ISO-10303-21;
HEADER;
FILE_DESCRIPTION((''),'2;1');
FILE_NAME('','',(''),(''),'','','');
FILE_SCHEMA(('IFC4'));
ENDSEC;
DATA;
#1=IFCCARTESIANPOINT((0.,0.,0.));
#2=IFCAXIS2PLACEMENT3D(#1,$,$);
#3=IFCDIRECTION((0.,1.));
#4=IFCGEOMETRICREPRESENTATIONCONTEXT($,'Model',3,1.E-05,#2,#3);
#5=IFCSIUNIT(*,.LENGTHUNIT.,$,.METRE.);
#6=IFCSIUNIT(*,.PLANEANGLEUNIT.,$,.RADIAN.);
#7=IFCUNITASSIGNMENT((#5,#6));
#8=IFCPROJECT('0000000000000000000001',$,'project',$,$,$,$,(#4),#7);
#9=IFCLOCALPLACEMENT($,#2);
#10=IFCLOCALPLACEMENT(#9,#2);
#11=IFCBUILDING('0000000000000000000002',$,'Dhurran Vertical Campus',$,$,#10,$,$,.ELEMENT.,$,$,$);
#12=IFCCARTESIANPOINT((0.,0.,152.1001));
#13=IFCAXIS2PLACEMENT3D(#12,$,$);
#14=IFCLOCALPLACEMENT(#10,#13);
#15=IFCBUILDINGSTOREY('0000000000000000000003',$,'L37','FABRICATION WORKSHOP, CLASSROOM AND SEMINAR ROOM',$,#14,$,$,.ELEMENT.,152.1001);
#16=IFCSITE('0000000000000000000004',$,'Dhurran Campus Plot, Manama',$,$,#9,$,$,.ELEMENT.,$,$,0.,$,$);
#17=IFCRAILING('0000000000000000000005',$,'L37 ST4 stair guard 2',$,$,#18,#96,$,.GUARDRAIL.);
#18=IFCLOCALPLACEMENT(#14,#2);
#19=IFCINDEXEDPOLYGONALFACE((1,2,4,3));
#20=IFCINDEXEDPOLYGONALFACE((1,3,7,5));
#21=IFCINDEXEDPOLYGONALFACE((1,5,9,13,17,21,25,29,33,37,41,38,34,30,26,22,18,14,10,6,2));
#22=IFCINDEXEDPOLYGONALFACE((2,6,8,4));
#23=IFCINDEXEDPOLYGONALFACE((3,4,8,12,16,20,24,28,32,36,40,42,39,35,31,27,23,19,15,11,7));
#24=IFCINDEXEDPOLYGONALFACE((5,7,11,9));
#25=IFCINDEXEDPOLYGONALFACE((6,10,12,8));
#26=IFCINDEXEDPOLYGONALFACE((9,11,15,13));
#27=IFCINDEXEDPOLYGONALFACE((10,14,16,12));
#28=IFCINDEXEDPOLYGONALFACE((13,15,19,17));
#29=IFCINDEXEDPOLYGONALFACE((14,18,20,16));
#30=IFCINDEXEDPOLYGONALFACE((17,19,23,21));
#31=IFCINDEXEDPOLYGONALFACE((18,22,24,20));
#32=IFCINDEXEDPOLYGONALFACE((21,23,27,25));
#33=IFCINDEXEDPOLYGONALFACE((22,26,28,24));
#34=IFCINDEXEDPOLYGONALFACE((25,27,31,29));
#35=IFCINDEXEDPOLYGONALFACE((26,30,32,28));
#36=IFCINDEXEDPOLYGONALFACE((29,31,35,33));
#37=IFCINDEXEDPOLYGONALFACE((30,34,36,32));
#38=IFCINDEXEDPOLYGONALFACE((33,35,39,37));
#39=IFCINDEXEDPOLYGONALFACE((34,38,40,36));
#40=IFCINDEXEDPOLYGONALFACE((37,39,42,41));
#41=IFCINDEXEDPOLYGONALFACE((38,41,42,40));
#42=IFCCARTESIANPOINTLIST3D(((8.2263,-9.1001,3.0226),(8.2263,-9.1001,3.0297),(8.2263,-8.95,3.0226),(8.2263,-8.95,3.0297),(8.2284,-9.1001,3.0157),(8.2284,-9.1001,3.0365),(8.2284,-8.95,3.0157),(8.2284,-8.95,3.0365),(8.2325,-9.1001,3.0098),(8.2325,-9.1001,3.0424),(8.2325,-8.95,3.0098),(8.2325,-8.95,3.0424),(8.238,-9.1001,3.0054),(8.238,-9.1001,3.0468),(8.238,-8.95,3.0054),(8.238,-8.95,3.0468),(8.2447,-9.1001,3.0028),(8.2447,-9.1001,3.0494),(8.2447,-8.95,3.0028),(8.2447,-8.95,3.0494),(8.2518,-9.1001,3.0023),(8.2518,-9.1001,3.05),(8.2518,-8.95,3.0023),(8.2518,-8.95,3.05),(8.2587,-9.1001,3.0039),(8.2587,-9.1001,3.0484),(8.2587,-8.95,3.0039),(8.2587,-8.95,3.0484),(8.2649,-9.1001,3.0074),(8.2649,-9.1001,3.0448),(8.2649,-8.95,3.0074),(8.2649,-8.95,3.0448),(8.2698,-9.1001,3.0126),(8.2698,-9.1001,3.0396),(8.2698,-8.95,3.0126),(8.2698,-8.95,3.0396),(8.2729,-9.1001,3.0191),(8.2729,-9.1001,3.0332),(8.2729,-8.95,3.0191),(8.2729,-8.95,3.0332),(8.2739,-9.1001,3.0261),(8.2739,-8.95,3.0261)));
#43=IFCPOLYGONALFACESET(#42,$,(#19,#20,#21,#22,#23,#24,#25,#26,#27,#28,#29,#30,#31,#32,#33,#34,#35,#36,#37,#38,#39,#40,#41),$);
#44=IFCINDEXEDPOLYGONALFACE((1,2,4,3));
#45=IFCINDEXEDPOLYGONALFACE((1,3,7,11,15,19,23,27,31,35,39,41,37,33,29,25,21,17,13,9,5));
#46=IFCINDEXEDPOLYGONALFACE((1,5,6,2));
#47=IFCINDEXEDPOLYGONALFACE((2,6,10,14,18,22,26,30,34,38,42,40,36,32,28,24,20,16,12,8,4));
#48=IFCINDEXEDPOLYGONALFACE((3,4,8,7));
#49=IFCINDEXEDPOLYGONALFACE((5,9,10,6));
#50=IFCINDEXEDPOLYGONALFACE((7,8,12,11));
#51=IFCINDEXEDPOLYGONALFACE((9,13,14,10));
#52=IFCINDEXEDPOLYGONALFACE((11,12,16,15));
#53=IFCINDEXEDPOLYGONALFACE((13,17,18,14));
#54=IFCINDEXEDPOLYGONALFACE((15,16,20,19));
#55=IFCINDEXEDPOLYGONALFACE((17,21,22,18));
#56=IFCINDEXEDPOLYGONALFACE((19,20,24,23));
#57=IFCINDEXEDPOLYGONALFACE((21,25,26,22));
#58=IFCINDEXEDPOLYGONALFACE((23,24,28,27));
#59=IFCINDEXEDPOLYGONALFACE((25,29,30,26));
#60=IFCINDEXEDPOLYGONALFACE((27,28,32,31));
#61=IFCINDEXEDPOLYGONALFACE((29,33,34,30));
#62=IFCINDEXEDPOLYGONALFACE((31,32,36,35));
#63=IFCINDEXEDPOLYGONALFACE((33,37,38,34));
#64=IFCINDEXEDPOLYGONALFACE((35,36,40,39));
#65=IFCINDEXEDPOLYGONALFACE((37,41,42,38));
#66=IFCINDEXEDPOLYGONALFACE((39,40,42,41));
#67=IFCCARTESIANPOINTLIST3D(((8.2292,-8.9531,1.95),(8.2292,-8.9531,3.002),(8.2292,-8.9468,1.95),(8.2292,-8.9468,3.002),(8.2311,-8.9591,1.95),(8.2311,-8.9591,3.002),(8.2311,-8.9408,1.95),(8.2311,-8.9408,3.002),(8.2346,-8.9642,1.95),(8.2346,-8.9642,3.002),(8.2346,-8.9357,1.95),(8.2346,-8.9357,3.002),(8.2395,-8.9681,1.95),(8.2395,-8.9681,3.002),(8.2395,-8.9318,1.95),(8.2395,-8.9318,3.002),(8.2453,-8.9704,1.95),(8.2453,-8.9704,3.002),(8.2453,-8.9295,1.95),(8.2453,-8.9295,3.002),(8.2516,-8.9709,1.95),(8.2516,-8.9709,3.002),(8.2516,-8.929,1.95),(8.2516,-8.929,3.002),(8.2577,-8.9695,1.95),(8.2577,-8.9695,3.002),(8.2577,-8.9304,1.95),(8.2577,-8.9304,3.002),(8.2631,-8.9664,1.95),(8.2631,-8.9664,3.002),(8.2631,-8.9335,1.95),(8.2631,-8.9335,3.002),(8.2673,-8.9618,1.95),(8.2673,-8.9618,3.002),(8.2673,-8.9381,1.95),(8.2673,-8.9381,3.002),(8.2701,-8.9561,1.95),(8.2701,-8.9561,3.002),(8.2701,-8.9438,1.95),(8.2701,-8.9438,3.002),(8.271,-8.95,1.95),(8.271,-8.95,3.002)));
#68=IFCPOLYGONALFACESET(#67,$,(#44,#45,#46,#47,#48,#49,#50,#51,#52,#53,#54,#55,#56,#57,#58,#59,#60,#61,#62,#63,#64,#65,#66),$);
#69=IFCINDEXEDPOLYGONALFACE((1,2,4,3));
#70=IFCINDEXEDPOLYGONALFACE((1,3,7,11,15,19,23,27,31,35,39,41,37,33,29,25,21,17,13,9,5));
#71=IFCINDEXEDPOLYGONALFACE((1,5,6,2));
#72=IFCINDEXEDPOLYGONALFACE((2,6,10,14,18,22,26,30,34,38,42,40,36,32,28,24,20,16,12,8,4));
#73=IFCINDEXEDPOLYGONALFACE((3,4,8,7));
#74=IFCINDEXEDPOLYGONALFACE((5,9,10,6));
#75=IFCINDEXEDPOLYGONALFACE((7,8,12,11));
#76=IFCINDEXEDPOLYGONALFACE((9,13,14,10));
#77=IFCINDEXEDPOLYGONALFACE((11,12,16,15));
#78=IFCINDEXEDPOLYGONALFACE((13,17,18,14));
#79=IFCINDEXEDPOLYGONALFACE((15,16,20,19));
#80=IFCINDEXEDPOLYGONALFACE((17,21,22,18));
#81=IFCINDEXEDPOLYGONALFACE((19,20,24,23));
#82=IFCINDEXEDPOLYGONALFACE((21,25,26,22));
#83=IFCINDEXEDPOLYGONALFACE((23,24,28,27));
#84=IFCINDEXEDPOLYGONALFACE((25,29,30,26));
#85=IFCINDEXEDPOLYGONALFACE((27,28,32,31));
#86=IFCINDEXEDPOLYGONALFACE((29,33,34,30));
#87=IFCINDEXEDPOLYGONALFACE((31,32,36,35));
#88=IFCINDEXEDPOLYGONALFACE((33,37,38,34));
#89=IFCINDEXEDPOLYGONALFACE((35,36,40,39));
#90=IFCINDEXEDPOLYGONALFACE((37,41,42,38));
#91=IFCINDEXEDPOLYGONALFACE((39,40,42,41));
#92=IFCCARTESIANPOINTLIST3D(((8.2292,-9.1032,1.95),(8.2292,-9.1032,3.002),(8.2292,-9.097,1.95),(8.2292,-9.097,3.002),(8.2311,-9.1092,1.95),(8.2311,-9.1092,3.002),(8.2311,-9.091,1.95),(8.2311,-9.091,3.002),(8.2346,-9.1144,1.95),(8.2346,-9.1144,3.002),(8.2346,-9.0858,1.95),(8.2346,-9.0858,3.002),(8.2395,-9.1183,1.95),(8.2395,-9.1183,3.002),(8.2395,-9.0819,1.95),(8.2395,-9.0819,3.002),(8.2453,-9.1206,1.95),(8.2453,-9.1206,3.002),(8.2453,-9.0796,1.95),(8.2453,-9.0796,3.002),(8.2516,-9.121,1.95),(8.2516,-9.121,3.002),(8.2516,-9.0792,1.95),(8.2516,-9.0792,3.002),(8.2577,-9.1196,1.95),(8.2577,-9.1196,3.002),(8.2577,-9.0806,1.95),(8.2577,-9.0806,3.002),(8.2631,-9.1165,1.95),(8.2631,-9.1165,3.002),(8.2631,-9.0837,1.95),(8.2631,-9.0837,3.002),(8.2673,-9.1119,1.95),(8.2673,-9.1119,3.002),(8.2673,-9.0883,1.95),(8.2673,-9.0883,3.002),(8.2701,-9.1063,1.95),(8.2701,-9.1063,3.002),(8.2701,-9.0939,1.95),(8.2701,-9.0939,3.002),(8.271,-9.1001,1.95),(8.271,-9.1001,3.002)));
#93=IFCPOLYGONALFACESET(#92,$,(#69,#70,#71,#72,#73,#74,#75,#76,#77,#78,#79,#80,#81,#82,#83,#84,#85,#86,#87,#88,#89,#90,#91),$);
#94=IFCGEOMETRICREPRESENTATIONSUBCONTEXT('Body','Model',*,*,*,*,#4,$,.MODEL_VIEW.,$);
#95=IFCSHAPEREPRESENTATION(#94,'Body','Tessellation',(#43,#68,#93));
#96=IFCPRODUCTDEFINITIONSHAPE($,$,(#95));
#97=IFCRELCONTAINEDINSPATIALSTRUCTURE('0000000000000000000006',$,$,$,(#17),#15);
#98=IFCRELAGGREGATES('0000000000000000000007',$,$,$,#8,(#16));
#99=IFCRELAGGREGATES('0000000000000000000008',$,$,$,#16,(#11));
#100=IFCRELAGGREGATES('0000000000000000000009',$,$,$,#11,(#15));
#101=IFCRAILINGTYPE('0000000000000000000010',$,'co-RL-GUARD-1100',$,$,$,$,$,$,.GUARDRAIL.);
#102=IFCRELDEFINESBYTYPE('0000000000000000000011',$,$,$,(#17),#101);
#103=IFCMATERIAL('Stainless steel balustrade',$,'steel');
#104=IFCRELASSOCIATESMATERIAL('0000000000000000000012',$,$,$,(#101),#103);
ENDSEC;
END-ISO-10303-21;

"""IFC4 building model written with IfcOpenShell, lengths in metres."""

from ifc_helpers import new_model, si_unit, direction, frame, origin, origin_2d, place, context, subcontext, project, spatial, circle, extrude, material, type_object, element, save


model = new_model("IFC4")

# Units and contexts
model_context = context("Model", 3, precision=1e-05, world=origin(), true_north=direction((0.0, 1.0)))
body_context = subcontext(model_context, "Body", "Model", "MODEL_VIEW")
ifc_project = project(units=[si_unit("LENGTHUNIT", "METRE"), si_unit("PLANEANGLEUNIT", "RADIAN")], contexts=[model_context])

# Site, building, storey
site_placement = place(None, origin())
site = spatial("IfcSite", under=ifc_project, at=site_placement, Name="Dhurran Campus Plot, Manama", CompositionType="ELEMENT", RefElevation=0.0)
building_placement = place(site_placement, origin())
building = spatial("IfcBuilding", under=site, at=building_placement, Name="Dhurran Vertical Campus", CompositionType="ELEMENT")
storey_placement = place(building_placement, frame((0.0, 0.0, 152.1001)))
storey = spatial("IfcBuildingStorey", under=building, at=storey_placement, Name="L37", Description="FABRICATION WORKSHOP, CLASSROOM AND SEMINAR ROOM", CompositionType="ELEMENT", Elevation=152.1001)

# Railing
ifc_material_1 = material(Name="Stainless steel balustrade", Category="steel")
railing_type_1 = type_object("IfcRailingType", Name="co-RL-GUARD-1100", PredefinedType="GUARDRAIL", material=ifc_material_1)
railing_1_placement = place(storey_placement, frame((8.25, -8.95, 1.95)))
element("IfcRailing", 1, at=railing_1_placement, inside=storey, type_object=railing_type_1, Name="L37 ST4 stair guard 2", PredefinedType="GUARDRAIL", context=body_context, shape_type="SweptSolid", body=[
    extrude(circle(Radius=0.0239, at=origin_2d()), frame((0.0, 0.0, 1.0762), z_axis=(0.0, -1.0, 0.0), x_axis=(1.0, 0.0, 0.0)), (0.0, 0.0, 1.0), 0.1501),
    extrude(circle(Radius=0.021, at=origin_2d()), origin(), (0.0, 0.0, 1.0), 1.052),
    extrude(circle(Radius=0.021, at=origin_2d()), frame((0.0, -0.1501, 0.0)), (0.0, 0.0, 1.0), 1.052),
])

save(model, "model.ifc")
